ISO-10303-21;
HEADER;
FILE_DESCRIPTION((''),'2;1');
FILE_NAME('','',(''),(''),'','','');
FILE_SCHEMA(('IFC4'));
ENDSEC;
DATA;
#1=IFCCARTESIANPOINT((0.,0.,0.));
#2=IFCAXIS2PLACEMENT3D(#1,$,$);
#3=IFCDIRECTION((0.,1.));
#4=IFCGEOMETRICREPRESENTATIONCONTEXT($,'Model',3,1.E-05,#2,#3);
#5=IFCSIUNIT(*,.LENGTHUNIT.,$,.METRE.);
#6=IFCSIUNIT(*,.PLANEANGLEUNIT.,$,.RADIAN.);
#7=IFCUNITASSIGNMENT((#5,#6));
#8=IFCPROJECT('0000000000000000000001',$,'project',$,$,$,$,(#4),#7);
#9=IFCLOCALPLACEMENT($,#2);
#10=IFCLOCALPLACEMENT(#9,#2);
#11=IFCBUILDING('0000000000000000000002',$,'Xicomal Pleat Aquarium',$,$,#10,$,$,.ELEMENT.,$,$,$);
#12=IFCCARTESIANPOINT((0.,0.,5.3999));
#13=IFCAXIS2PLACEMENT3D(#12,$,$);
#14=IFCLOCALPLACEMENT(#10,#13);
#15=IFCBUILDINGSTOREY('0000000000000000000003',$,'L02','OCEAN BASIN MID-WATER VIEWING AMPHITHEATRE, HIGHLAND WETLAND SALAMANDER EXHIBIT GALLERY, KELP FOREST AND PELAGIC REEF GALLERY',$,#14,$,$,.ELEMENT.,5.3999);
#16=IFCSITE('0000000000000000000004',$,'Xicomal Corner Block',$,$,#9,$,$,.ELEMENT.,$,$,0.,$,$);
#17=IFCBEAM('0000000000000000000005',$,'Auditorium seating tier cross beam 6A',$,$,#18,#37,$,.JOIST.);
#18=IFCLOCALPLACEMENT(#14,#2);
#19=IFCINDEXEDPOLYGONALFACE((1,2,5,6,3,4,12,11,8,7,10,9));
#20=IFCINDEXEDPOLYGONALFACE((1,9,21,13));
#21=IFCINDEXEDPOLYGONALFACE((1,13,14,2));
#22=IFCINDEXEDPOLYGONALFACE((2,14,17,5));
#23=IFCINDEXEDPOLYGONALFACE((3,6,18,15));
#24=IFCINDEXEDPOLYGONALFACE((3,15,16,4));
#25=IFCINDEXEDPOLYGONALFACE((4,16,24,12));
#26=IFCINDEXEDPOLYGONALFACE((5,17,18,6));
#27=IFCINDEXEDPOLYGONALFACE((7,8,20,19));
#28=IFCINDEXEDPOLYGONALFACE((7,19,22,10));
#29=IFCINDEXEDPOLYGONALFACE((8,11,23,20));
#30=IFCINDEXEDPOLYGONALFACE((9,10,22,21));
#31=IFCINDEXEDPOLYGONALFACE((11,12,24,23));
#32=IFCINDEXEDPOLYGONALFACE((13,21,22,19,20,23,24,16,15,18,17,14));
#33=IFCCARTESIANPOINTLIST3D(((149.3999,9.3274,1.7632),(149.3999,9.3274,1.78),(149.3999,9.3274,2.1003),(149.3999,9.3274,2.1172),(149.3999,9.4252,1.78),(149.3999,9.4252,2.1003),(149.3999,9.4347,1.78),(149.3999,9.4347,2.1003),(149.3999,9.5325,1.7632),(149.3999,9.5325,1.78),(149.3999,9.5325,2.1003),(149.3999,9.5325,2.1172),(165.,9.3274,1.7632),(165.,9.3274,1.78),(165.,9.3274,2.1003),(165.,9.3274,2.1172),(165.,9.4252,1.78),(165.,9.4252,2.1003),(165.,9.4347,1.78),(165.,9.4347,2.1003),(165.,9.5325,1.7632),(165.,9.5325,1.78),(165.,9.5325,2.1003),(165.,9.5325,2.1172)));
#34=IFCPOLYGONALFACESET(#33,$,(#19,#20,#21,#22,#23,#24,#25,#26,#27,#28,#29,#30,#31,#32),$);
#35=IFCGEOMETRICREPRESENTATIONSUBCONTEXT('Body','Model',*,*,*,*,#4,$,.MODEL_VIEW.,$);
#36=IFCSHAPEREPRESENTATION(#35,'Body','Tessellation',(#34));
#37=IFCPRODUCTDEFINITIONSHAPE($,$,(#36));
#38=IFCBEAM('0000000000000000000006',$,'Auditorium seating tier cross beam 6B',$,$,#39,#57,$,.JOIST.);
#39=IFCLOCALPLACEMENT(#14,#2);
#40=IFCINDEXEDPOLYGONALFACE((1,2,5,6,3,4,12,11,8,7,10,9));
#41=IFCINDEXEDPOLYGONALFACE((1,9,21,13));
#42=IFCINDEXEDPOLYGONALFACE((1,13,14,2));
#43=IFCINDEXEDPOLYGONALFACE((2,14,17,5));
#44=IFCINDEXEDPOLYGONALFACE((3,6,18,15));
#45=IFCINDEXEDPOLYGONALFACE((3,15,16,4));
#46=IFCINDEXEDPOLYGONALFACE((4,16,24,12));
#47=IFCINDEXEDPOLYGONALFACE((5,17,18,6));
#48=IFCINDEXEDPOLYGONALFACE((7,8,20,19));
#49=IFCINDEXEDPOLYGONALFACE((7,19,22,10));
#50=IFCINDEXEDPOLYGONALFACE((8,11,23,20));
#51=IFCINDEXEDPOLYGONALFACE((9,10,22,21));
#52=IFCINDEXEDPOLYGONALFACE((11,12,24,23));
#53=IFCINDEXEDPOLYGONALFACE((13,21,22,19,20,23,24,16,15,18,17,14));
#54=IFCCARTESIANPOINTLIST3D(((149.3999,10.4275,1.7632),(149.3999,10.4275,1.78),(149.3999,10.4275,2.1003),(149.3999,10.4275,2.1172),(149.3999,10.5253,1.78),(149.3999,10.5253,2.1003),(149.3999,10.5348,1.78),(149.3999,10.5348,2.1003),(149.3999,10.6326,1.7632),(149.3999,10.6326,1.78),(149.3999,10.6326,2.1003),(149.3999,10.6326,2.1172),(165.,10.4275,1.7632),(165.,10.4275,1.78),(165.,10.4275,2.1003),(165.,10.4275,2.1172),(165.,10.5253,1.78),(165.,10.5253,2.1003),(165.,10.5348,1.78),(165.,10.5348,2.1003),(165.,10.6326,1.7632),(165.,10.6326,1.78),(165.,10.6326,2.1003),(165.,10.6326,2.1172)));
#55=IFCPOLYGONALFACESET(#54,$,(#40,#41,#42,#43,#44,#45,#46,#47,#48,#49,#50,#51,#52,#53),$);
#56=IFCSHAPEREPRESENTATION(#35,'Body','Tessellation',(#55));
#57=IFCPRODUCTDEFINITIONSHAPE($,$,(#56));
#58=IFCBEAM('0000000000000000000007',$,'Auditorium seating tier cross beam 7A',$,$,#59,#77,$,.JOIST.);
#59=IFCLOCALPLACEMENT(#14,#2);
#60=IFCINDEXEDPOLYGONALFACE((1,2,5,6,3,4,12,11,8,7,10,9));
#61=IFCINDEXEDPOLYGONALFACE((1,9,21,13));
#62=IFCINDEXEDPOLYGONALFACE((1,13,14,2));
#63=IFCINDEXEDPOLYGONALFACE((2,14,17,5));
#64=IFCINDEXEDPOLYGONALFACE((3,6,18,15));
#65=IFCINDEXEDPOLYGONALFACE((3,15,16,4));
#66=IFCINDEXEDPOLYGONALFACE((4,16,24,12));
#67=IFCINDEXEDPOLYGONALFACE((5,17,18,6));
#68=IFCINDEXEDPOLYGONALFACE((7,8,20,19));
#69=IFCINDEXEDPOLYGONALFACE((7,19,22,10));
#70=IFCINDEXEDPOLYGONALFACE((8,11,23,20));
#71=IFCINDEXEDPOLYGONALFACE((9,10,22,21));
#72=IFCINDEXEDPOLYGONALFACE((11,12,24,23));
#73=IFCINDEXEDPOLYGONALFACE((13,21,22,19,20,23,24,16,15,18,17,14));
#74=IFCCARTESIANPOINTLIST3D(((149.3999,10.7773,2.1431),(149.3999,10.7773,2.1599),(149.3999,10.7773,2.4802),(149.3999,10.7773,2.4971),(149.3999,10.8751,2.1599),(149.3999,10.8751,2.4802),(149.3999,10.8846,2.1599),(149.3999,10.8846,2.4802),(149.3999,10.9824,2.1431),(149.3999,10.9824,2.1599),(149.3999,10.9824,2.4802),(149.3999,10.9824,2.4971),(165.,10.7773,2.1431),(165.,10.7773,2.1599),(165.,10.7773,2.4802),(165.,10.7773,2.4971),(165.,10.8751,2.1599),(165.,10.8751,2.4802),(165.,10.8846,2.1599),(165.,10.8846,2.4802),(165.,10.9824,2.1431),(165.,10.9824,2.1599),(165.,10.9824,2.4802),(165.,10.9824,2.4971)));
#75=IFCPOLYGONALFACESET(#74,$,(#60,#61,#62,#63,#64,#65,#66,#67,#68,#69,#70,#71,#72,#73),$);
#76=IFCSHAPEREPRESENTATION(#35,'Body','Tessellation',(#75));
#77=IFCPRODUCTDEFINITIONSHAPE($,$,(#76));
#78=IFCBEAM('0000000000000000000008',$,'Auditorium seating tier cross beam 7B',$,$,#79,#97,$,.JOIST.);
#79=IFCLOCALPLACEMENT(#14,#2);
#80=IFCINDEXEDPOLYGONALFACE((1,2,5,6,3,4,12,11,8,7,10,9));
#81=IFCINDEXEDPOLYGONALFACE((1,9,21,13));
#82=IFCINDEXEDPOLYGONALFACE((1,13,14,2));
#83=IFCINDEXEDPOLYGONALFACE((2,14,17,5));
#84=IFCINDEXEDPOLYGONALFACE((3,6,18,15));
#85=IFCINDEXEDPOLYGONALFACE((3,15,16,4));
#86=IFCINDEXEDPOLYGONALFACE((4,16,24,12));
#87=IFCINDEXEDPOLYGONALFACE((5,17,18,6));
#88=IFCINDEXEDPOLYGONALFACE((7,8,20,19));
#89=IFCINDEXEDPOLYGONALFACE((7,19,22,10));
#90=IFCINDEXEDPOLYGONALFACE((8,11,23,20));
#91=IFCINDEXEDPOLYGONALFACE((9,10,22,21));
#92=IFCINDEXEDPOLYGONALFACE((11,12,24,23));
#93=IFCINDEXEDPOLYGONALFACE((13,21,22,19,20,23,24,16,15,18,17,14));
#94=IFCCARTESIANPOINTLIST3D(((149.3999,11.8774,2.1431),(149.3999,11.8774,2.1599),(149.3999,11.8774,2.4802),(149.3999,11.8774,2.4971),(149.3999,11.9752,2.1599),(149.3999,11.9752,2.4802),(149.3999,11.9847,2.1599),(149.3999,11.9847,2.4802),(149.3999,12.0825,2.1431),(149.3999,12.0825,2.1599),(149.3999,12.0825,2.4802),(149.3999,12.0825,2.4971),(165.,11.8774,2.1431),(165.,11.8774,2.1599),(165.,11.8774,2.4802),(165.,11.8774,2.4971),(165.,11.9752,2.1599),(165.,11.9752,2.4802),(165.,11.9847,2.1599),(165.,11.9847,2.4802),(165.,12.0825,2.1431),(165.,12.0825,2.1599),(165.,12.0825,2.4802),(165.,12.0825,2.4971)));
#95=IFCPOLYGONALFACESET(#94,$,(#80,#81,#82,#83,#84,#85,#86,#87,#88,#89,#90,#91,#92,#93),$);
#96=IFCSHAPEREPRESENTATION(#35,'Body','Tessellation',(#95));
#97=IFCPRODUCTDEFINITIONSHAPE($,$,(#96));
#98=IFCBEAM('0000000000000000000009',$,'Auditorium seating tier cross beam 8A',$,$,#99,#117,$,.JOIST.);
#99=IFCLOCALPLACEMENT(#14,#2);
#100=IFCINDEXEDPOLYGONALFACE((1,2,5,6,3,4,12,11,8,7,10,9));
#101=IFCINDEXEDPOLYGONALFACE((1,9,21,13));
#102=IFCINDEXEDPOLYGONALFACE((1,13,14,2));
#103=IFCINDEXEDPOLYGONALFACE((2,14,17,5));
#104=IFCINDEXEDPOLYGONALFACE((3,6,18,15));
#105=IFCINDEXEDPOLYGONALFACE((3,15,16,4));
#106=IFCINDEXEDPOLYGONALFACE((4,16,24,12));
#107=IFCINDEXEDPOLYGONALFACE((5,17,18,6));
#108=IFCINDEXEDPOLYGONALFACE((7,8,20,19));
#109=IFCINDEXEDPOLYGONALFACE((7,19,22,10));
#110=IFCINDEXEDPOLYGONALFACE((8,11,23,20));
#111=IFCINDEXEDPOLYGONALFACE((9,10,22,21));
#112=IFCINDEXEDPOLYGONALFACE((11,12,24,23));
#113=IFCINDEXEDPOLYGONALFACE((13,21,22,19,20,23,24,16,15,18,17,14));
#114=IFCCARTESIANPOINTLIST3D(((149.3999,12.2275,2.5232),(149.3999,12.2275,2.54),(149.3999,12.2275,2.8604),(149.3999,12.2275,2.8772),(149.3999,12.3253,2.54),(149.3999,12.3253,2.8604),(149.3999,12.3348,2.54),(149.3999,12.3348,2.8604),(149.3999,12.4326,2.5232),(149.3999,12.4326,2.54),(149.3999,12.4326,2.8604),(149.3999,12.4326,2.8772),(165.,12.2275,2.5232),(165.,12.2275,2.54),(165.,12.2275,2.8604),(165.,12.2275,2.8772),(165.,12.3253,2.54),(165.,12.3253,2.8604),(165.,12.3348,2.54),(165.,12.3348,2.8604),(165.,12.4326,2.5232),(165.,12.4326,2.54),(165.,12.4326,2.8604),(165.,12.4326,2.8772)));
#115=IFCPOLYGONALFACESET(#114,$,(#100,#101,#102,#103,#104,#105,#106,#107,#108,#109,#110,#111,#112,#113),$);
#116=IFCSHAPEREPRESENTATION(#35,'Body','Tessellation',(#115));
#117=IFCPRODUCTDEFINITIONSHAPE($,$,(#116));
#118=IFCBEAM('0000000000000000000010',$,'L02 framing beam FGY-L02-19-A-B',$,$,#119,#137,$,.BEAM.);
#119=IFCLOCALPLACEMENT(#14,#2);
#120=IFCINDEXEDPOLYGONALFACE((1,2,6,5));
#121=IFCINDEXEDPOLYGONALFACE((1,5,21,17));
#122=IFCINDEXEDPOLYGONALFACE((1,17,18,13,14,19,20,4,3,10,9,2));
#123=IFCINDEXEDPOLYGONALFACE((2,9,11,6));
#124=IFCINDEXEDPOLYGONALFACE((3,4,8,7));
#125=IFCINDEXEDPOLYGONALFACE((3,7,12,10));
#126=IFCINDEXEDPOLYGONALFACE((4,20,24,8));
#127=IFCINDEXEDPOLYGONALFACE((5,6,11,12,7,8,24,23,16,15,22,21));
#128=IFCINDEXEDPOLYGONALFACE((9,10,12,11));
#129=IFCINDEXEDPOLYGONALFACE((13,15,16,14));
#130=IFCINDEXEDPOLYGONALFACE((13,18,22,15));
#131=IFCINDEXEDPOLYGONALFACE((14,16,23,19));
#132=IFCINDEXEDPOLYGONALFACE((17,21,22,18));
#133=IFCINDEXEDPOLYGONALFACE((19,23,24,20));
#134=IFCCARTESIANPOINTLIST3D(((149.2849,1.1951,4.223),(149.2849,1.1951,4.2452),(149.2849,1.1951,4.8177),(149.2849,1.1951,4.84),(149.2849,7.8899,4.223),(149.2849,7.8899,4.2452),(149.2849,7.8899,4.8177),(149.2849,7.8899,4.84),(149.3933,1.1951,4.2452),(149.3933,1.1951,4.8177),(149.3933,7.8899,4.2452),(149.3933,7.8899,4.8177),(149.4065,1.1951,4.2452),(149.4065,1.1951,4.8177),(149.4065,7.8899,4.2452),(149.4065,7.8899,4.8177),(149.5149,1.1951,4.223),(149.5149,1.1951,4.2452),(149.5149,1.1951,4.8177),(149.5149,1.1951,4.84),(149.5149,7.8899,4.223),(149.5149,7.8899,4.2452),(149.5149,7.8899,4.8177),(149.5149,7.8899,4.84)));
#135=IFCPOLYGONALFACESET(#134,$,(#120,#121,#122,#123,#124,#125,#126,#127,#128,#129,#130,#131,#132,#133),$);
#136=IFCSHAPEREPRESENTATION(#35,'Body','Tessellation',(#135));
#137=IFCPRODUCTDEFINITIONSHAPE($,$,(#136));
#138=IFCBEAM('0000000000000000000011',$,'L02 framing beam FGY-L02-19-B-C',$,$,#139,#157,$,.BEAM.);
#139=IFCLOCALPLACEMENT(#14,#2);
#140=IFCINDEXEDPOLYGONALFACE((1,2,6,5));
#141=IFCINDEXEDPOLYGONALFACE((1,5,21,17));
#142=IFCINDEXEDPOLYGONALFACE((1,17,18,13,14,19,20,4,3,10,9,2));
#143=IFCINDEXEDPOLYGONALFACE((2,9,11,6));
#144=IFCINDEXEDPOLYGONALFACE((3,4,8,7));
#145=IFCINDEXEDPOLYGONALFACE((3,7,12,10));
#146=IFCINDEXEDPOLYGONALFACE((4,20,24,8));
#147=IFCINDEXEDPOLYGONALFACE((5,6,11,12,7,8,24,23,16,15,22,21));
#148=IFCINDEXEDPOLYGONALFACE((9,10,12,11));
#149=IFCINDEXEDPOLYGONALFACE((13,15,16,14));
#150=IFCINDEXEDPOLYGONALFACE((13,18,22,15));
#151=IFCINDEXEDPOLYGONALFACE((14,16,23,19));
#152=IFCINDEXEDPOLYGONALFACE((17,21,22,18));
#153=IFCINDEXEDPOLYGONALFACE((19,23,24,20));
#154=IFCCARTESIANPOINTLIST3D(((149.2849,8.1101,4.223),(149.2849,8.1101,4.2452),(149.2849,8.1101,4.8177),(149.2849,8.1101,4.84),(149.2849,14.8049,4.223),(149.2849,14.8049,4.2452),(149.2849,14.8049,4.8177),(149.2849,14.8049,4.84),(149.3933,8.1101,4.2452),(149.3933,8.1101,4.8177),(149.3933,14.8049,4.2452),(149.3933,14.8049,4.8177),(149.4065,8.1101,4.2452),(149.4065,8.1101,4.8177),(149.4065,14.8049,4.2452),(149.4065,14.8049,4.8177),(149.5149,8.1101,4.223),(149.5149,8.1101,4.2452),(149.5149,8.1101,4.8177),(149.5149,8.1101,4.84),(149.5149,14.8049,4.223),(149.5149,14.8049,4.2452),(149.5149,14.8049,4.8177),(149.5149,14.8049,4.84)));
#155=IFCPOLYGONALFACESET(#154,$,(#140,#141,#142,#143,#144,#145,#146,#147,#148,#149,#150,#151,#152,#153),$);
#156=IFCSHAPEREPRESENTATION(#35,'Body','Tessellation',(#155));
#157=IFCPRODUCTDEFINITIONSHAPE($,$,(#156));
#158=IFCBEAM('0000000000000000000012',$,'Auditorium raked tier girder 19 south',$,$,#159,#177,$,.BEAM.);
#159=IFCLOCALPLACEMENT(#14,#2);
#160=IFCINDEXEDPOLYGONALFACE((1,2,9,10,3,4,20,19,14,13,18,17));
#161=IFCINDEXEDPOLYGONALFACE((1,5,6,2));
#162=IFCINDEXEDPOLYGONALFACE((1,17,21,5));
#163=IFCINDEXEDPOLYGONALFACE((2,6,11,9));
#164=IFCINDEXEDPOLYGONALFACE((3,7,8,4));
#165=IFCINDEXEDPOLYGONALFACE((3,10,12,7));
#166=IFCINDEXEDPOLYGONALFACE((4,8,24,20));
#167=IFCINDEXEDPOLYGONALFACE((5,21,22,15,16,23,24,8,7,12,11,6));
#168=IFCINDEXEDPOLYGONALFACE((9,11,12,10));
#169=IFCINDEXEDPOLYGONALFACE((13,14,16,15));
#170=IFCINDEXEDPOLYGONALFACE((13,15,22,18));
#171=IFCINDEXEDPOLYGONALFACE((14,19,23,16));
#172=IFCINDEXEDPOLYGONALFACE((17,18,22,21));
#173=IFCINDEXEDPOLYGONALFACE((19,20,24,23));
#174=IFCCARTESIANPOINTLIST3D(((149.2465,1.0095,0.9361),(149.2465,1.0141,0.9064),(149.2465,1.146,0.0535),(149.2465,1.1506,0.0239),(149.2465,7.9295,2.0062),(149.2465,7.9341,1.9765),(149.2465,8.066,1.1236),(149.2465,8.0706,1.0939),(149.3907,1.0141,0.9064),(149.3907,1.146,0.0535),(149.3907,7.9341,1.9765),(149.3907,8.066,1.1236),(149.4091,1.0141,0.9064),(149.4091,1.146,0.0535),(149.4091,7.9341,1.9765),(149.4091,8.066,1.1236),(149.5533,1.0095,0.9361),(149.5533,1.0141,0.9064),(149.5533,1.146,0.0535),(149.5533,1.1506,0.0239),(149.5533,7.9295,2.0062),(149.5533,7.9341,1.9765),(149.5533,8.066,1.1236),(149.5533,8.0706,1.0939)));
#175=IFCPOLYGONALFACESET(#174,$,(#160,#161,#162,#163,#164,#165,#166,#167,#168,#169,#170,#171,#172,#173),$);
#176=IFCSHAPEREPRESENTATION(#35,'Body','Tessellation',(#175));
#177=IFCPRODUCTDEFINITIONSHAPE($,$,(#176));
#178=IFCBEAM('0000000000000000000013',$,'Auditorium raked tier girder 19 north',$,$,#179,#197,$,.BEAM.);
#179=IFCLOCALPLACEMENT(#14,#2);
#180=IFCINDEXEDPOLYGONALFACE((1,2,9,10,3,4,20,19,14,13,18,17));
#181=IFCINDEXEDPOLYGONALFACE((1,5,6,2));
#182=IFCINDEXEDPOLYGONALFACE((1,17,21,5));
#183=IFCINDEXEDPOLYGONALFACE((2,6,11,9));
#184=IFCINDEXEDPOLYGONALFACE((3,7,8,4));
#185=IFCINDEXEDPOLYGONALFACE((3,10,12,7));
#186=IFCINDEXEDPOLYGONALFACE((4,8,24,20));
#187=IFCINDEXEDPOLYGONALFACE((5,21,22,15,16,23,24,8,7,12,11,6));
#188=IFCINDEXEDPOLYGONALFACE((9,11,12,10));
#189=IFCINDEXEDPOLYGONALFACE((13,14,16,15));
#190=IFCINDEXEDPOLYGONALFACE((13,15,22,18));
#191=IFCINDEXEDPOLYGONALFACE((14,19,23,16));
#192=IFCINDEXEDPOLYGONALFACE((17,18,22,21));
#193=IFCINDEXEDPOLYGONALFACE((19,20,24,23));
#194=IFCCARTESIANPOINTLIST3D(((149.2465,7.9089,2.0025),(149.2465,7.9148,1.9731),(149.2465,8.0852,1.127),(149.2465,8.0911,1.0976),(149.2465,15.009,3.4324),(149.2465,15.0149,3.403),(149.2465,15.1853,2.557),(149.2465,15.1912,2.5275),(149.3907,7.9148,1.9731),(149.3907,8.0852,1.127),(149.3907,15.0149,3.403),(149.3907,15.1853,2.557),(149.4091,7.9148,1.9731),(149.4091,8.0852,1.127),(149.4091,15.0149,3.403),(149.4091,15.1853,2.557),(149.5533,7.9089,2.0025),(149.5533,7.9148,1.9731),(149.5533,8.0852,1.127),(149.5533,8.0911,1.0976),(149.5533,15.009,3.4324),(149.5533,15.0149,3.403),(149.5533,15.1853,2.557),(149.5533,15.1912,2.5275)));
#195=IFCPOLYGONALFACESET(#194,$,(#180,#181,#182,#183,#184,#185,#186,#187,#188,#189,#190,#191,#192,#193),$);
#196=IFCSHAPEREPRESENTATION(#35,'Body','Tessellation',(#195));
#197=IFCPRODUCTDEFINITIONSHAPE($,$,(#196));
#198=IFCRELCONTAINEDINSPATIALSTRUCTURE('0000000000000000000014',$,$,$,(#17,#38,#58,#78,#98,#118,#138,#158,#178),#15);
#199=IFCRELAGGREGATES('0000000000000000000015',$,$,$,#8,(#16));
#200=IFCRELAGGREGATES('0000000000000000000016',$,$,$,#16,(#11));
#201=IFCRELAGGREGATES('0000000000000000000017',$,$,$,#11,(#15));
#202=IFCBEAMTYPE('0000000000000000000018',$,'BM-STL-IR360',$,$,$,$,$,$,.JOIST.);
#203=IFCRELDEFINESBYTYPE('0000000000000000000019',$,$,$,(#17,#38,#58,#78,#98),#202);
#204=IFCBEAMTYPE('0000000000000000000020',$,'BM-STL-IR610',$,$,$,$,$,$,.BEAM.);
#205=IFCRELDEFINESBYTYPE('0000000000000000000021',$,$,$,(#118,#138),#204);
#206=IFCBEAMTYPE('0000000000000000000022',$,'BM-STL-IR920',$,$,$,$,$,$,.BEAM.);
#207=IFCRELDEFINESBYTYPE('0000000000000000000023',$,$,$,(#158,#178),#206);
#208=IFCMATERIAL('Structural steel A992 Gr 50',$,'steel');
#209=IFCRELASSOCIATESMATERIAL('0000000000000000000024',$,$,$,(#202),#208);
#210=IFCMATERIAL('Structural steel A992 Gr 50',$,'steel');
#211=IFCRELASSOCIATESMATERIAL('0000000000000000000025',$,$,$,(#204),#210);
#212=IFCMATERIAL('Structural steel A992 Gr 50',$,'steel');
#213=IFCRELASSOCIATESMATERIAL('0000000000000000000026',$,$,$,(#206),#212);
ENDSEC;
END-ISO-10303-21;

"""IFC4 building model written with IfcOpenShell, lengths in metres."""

from ifc_helpers import new_model, si_unit, direction, frame, origin, origin_2d, place, context, subcontext, project, spatial, i_section, extrude, material, material_profile, profile_set, type_object, element, save


model = new_model("IFC4")

# Units and contexts
model_context = context("Model", 3, precision=1e-05, world=origin(), true_north=direction((0.0, 1.0)))
body_context = subcontext(model_context, "Body", "Model", "MODEL_VIEW")
ifc_project = project(units=[si_unit("LENGTHUNIT", "METRE"), si_unit("PLANEANGLEUNIT", "RADIAN")], contexts=[model_context])

# Site, building, storey
site_placement = place(None, origin())
site = spatial("IfcSite", under=ifc_project, at=site_placement, Name="Xicomal Corner Block", CompositionType="ELEMENT", RefElevation=0.0)
building_placement = place(site_placement, origin())
building = spatial("IfcBuilding", under=site, at=building_placement, Name="Xicomal Pleat Aquarium", CompositionType="ELEMENT")
storey_placement = place(building_placement, frame((0.0, 0.0, 5.3999)))
storey = spatial("IfcBuildingStorey", under=building, at=storey_placement, Name="L02", Description="OCEAN BASIN MID-WATER VIEWING AMPHITHEATRE, HIGHLAND WETLAND SALAMANDER EXHIBIT GALLERY, KELP FOREST AND PELAGIC REEF GALLERY", CompositionType="ELEMENT", Elevation=5.3999)

# Beams
ifc_material_1 = material(Name="Structural steel A992 Gr 50", Category="steel")
ifc_material_profile_1 = material_profile(ifc_material_1, i_section(OverallWidth=0.2051, OverallDepth=0.354, WebThickness=0.0095, FlangeThickness=0.0168, at=origin_2d()), Name="IR 360x79")
ifc_profile_set_1 = profile_set([ifc_material_profile_1], Name="Structural steel A992 Gr 50")
beam_type_1 = type_object("IfcBeamType", Name="BM-STL-IR360", PredefinedType="JOIST", material=ifc_profile_set_1)
for number, where, z_axis, x_axis, name in (
    (1, (149.3999, 9.4299, 1.9402), (1.0, 0.0, 0.0), (0.0, 1.0, 0.0), "Auditorium seating tier cross beam 6A"),
    (2, (149.3999, 10.53, 1.9402), (1.0, 0.0, 0.0), (0.0, 1.0, 0.0), "Auditorium seating tier cross beam 6B"),
    (3, (149.3999, 10.8799, 2.3201), (1.0, 0.0, 0.0), (0.0, 1.0, 0.0), "Auditorium seating tier cross beam 7A"),
    (4, (149.3999, 11.98, 2.3201), (1.0, 0.0, 0.0), (0.0, 1.0, 0.0), "Auditorium seating tier cross beam 7B"),
    (5, (149.3999, 12.3301, 2.7002), (1.0, 0.0, 0.0), (0.0, 1.0, 0.0), "Auditorium seating tier cross beam 8A"),
):
    element("IfcBeam", number, at=place(storey_placement, frame(where, z_axis=z_axis, x_axis=x_axis)), inside=storey, type_object=beam_type_1, Name=name, PredefinedType="JOIST", context=body_context, shape_type="SweptSolid", body=[
        extrude(i_section(OverallWidth=0.2051, OverallDepth=0.354, WebThickness=0.0095, FlangeThickness=0.0168, at=origin_2d()), origin(), (0.0, 0.0, 1.0), 15.6001),
    ])
ifc_material_2 = material(Name="Structural steel A992 Gr 50", Category="steel")
ifc_material_profile_2 = material_profile(ifc_material_2, i_section(OverallWidth=0.23, OverallDepth=0.6169, WebThickness=0.0132, FlangeThickness=0.0222, at=origin_2d()), Name="IR 610x140")
ifc_profile_set_2 = profile_set([ifc_material_profile_2], Name="Structural steel A992 Gr 50")
beam_type_2 = type_object("IfcBeamType", Name="BM-STL-IR610", PredefinedType="BEAM", material=ifc_profile_set_2)
for number, where, z_axis, x_axis, name in (
    (6, (149.3999, 1.1951, 4.5315), (0.0, 1.0, 0.0), (-1.0, 0.0, 0.0), "L02 framing beam FGY-L02-19-A-B"),
    (7, (149.3999, 8.1101, 4.5315), (0.0, 1.0, 0.0), (-1.0, 0.0, 0.0), "L02 framing beam FGY-L02-19-B-C"),
):
    element("IfcBeam", number, at=place(storey_placement, frame(where, z_axis=z_axis, x_axis=x_axis)), inside=storey, type_object=beam_type_2, Name=name, PredefinedType="BEAM", context=body_context, shape_type="SweptSolid", body=[
        extrude(i_section(OverallWidth=0.23, OverallDepth=0.6169, WebThickness=0.0132, FlangeThickness=0.0222, at=origin_2d()), origin(), (0.0, 0.0, 1.0), 6.6948),
    ])
ifc_material_3 = material(Name="Structural steel A992 Gr 50", Category="steel")
ifc_material_profile_3 = material_profile(ifc_material_3, i_section(OverallWidth=0.3069, OverallDepth=0.9231, WebThickness=0.0183, FlangeThickness=0.03, at=origin_2d()), Name="IR 920x271")
ifc_profile_set_3 = profile_set([ifc_material_profile_3], Name="Structural steel A992 Gr 50")
beam_type_3 = type_object("IfcBeamType", Name="BM-STL-IR920", PredefinedType="BEAM", material=ifc_profile_set_3)
beam_1_placement = place(storey_placement, frame((149.3999, 1.0801, 0.48), z_axis=(0.0, 0.988254, 0.15282), x_axis=(-1.0, 0.0, 0.0)))
element("IfcBeam", 8, at=beam_1_placement, inside=storey, type_object=beam_type_3, Name="Auditorium raked tier girder 19 south", PredefinedType="BEAM", context=body_context, shape_type="SweptSolid", body=[
    extrude(i_section(OverallWidth=0.3069, OverallDepth=0.9231, WebThickness=0.0183, FlangeThickness=0.03, at=origin_2d()), origin(), (0.0, 0.0, 1.0), 7.0022),
])
beam_2_placement = place(storey_placement, frame((149.3999, 8.0, 1.55), z_axis=(0.0, 0.980317, 0.197432), x_axis=(-1.0, 0.0, 0.0)))
element("IfcBeam", 9, at=beam_2_placement, inside=storey, type_object=beam_type_3, Name="Auditorium raked tier girder 19 north", PredefinedType="BEAM", context=body_context, shape_type="SweptSolid", body=[
    extrude(i_section(OverallWidth=0.3069, OverallDepth=0.9231, WebThickness=0.0183, FlangeThickness=0.03, at=origin_2d()), origin(), (0.0, 0.0, 1.0), 7.2427),
])

save(model, "model.ifc")
